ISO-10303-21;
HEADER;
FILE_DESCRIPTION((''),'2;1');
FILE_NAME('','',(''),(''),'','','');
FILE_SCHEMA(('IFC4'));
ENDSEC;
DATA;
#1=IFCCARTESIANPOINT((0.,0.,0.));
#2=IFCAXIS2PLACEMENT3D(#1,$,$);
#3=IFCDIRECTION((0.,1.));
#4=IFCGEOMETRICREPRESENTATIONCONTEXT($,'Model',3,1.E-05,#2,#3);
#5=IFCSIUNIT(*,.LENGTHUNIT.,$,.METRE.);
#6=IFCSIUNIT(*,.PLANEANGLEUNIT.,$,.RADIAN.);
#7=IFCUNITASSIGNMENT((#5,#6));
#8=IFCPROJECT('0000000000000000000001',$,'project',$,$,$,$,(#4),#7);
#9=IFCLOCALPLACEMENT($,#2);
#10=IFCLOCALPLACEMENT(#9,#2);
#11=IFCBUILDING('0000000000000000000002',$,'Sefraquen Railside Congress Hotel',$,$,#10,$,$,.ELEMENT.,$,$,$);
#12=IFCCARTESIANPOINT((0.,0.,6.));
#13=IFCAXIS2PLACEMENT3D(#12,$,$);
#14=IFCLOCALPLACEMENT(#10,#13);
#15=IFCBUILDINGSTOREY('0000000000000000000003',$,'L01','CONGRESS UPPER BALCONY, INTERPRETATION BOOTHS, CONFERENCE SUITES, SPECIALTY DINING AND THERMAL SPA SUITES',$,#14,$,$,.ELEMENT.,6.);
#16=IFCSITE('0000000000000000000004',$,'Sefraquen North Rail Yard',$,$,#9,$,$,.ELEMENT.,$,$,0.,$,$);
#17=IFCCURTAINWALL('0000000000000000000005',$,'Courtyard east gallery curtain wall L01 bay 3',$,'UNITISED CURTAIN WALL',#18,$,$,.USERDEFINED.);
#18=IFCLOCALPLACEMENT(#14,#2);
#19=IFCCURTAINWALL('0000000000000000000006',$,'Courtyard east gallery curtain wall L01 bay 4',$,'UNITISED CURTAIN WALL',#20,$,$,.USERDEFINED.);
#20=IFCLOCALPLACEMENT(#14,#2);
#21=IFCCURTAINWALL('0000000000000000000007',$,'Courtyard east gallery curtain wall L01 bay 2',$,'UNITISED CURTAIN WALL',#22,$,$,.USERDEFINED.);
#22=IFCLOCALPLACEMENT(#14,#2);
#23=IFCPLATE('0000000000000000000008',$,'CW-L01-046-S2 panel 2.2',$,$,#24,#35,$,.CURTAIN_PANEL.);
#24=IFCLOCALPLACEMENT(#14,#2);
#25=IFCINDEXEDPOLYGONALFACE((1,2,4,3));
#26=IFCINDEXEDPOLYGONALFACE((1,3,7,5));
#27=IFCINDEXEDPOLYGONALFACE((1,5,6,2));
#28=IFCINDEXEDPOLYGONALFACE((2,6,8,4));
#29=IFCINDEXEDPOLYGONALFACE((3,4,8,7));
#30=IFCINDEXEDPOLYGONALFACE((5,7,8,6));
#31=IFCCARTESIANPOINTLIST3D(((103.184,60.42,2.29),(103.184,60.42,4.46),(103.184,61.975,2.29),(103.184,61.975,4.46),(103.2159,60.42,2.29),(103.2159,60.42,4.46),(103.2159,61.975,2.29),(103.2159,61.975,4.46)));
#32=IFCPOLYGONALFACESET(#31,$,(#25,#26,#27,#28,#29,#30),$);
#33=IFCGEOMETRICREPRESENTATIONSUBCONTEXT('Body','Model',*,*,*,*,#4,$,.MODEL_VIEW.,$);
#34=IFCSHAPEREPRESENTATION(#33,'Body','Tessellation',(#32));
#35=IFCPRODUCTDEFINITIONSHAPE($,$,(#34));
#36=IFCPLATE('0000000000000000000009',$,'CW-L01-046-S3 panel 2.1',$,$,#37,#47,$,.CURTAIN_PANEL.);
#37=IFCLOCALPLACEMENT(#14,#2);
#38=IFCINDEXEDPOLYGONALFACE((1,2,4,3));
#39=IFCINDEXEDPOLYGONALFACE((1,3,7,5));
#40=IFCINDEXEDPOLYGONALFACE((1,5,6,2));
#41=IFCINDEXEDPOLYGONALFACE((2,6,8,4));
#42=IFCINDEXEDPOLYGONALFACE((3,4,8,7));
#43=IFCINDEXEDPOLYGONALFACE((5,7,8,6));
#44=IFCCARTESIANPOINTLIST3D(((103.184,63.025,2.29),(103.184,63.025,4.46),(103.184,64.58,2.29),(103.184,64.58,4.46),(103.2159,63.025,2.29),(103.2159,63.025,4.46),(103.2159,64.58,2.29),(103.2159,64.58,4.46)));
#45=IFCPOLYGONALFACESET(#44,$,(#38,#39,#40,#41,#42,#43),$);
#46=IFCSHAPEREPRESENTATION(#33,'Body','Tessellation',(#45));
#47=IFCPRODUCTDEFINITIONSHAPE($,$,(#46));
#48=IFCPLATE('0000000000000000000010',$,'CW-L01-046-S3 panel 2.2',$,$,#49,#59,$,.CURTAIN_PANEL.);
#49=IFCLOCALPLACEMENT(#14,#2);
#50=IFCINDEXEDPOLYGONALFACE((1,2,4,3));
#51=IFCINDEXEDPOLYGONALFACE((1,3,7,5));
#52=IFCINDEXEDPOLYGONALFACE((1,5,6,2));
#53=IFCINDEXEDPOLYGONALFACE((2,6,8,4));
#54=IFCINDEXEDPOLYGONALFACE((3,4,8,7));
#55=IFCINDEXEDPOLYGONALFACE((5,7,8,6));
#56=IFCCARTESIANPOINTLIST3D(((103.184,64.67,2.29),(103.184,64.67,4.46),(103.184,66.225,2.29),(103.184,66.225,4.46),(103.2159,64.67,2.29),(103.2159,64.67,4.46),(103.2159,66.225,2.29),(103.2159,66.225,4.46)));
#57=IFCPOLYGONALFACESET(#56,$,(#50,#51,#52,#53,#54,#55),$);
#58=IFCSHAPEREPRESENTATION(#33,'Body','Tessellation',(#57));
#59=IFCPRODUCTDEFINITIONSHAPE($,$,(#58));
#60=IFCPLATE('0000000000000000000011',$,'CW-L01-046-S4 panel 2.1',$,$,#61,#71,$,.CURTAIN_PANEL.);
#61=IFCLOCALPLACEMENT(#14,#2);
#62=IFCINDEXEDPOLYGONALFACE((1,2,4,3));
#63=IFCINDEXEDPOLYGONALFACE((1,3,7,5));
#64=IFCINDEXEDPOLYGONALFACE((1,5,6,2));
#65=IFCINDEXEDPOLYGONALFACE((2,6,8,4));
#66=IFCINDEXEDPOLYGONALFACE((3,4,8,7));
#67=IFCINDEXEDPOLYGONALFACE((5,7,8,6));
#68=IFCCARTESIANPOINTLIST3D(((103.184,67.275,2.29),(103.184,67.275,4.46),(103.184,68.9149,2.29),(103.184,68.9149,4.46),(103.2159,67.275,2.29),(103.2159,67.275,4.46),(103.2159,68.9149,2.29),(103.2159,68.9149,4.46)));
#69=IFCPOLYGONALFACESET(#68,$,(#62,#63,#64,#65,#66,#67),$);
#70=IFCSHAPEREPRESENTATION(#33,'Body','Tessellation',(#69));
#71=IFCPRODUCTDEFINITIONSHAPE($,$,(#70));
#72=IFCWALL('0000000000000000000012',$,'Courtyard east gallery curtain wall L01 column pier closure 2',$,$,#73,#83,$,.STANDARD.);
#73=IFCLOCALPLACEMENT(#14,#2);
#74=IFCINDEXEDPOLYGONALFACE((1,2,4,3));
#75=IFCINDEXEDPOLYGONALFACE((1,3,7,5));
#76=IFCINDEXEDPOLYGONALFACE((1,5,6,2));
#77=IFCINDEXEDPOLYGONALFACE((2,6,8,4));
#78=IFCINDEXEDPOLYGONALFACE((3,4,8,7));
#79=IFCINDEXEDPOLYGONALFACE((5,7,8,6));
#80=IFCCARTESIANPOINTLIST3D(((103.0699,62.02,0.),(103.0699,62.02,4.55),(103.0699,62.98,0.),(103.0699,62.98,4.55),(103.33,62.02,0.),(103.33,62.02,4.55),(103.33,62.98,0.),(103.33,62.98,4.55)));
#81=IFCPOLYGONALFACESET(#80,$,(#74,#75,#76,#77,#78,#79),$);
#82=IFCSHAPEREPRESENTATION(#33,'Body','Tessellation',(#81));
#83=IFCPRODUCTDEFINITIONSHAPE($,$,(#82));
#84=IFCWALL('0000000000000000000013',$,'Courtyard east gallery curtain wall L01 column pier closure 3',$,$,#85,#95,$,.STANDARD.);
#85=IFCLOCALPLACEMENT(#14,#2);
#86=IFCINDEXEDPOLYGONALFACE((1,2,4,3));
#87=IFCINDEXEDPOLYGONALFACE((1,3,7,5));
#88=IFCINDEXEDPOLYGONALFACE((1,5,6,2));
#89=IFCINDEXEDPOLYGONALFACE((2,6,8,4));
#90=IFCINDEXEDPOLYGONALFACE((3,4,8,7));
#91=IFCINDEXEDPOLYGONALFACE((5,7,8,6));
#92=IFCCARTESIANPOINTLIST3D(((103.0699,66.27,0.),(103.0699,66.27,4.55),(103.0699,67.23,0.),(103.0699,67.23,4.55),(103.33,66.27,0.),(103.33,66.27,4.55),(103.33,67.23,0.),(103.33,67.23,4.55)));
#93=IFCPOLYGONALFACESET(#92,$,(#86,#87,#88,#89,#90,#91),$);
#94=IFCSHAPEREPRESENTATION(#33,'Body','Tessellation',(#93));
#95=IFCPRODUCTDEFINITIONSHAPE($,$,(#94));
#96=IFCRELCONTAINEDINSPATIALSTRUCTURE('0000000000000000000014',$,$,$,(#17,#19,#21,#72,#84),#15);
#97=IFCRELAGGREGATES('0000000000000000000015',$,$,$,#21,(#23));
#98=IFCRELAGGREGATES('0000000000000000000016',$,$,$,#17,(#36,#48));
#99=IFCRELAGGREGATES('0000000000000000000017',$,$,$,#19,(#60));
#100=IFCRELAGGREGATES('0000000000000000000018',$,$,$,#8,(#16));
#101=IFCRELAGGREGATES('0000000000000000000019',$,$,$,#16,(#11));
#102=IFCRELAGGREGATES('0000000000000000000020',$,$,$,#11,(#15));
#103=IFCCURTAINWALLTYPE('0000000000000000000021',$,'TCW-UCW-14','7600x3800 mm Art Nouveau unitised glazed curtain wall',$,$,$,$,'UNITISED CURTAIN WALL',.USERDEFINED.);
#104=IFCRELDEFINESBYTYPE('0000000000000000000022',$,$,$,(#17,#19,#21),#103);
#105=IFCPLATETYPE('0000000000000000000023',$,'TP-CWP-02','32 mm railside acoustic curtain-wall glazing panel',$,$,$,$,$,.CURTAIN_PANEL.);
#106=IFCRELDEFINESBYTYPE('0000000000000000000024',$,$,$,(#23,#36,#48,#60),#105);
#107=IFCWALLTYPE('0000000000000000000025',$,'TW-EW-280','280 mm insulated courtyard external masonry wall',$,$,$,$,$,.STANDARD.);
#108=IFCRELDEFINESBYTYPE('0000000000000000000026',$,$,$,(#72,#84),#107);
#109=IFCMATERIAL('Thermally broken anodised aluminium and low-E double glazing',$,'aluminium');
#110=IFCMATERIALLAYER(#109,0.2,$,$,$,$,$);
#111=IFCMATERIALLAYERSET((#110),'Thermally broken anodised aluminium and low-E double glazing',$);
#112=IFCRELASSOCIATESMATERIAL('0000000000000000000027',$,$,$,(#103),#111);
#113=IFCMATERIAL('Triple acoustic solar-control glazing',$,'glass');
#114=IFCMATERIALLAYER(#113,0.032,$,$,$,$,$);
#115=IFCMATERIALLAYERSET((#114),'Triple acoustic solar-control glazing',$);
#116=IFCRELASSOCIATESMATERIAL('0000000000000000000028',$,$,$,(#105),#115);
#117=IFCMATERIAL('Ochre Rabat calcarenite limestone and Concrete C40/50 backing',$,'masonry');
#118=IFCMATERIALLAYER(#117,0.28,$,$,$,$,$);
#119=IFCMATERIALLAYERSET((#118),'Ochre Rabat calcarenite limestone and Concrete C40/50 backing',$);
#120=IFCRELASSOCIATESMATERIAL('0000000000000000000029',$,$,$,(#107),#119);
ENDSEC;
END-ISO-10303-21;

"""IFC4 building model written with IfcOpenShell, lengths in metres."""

from ifc_helpers import new_model, si_unit, direction, frame, frame_2d, origin, origin_2d, place, context, subcontext, project, spatial, rectangle, extrude, material, layer, layer_set, type_object, element, aggregate, save


model = new_model("IFC4")

# Units and contexts
model_context = context("Model", 3, precision=1e-05, world=origin(), true_north=direction((0.0, 1.0)))
body_context = subcontext(model_context, "Body", "Model", "MODEL_VIEW")
ifc_project = project(units=[si_unit("LENGTHUNIT", "METRE"), si_unit("PLANEANGLEUNIT", "RADIAN")], contexts=[model_context])

# Site, building, storey
site_placement = place(None, origin())
site = spatial("IfcSite", under=ifc_project, at=site_placement, Name="Sefraquen North Rail Yard", CompositionType="ELEMENT", RefElevation=0.0)
building_placement = place(site_placement, origin())
building = spatial("IfcBuilding", under=site, at=building_placement, Name="Sefraquen Railside Congress Hotel", CompositionType="ELEMENT")
storey_placement = place(building_placement, frame((0.0, 0.0, 6.0)))
storey = spatial("IfcBuildingStorey", under=building, at=storey_placement, Name="L01", Description="CONGRESS UPPER BALCONY, INTERPRETATION BOOTHS, CONFERENCE SUITES, SPECIALTY DINING AND THERMAL SPA SUITES", CompositionType="ELEMENT", Elevation=6.0)

# Curtain walls
ifc_material_1 = material(Name="Thermally broken anodised aluminium and low-E double glazing", Category="aluminium")
ifc_layer_1 = layer(ifc_material_1, 0.2)
ifc_layer_set_1 = layer_set([ifc_layer_1], Name="Thermally broken anodised aluminium and low-E double glazing")
curtain_wall_type = type_object("IfcCurtainWallType", Name="TCW-UCW-14", Description="7600x3800 mm Art Nouveau unitised glazed curtain wall", ElementType="UNITISED CURTAIN WALL", PredefinedType="USERDEFINED", material=ifc_layer_set_1)
curtain_wall_1_placement = place(storey_placement, origin())
curtain_wall_1 = element("IfcCurtainWall", 1, at=curtain_wall_1_placement, inside=storey, type_object=curtain_wall_type, Name="Courtyard east gallery curtain wall L01 bay 3", ObjectType="UNITISED CURTAIN WALL", PredefinedType="USERDEFINED")
curtain_wall_2_placement = place(storey_placement, origin())
curtain_wall_2 = element("IfcCurtainWall", 2, at=curtain_wall_2_placement, inside=storey, type_object=curtain_wall_type, Name="Courtyard east gallery curtain wall L01 bay 4", ObjectType="UNITISED CURTAIN WALL", PredefinedType="USERDEFINED")
curtain_wall_3_placement = place(storey_placement, origin())
curtain_wall_3 = element("IfcCurtainWall", 3, at=curtain_wall_3_placement, inside=storey, type_object=curtain_wall_type, Name="Courtyard east gallery curtain wall L01 bay 2", ObjectType="UNITISED CURTAIN WALL", PredefinedType="USERDEFINED")

# Plates
ifc_material_2 = material(Name="Triple acoustic solar-control glazing", Category="glass")
ifc_layer_2 = layer(ifc_material_2, 0.032)
ifc_layer_set_2 = layer_set([ifc_layer_2], Name="Triple acoustic solar-control glazing")
plate_type_1 = type_object("IfcPlateType", Name="TP-CWP-02", Description="32 mm railside acoustic curtain-wall glazing panel", PredefinedType="CURTAIN_PANEL", material=ifc_layer_set_2)
plate_1_placement = place(storey_placement, frame((103.2, 61.1975, 2.29), z_axis=(0.0, 0.0, 1.0), x_axis=(0.0, 1.0, 0.0)))
plate_1 = element("IfcPlate", 4, at=plate_1_placement, type_object=plate_type_1, Name="CW-L01-046-S2 panel 2.2", PredefinedType="CURTAIN_PANEL", context=body_context, shape_type="SweptSolid", body=[
    extrude(rectangle(XDim=1.5549, YDim=0.032, at=origin_2d()), origin(), (0.0, 0.0, 1.0), 2.1699),
])
aggregate(curtain_wall_3, [plate_1])
plate_2_placement = place(storey_placement, frame((103.2, 63.8025, 2.29), z_axis=(0.0, 0.0, 1.0), x_axis=(0.0, 1.0, 0.0)))
plate_2 = element("IfcPlate", 5, at=plate_2_placement, type_object=plate_type_1, Name="CW-L01-046-S3 panel 2.1", PredefinedType="CURTAIN_PANEL", context=body_context, shape_type="SweptSolid", body=[
    extrude(rectangle(XDim=1.5549, YDim=0.032, at=origin_2d()), origin(), (0.0, 0.0, 1.0), 2.1699),
])
plate_3_placement = place(storey_placement, frame((103.2, 65.4475, 2.29), z_axis=(0.0, 0.0, 1.0), x_axis=(0.0, 1.0, 0.0)))
plate_3 = element("IfcPlate", 6, at=plate_3_placement, type_object=plate_type_1, Name="CW-L01-046-S3 panel 2.2", PredefinedType="CURTAIN_PANEL", context=body_context, shape_type="SweptSolid", body=[
    extrude(rectangle(XDim=1.5549, YDim=0.032, at=origin_2d()), origin(), (0.0, 0.0, 1.0), 2.1699),
])
aggregate(curtain_wall_1, [plate_2, plate_3])
plate_4_placement = place(storey_placement, frame((103.2, 68.095, 2.29), z_axis=(0.0, 0.0, 1.0), x_axis=(0.0, 1.0, 0.0)))
plate_4 = element("IfcPlate", 7, at=plate_4_placement, type_object=plate_type_1, Name="CW-L01-046-S4 panel 2.1", PredefinedType="CURTAIN_PANEL", context=body_context, shape_type="SweptSolid", body=[
    extrude(rectangle(XDim=1.6399, YDim=0.032, at=origin_2d()), origin(), (0.0, 0.0, 1.0), 2.1699),
])
aggregate(curtain_wall_2, [plate_4])

# Walls
ifc_material_3 = material(Name="Ochre Rabat calcarenite limestone and Concrete C40/50 backing", Category="masonry")
ifc_layer_3 = layer(ifc_material_3, 0.28)
ifc_layer_set_3 = layer_set([ifc_layer_3], Name="Ochre Rabat calcarenite limestone and Concrete C40/50 backing")
wall_type = type_object("IfcWallType", Name="TW-EW-280", Description="280 mm insulated courtyard external masonry wall", PredefinedType="STANDARD", material=ifc_layer_set_3)
for number, where, z_axis, x_axis, name in (
    (8, (103.2, 62.02, 0.0), (0.0, 0.0, 1.0), (0.0, 1.0, 0.0), "Courtyard east gallery curtain wall L01 column pier closure 2"),
    (9, (103.2, 66.27, 0.0), (0.0, 0.0, 1.0), (0.0, 1.0, 0.0), "Courtyard east gallery curtain wall L01 column pier closure 3"),
):
    element("IfcWall", number, at=place(storey_placement, frame(where, z_axis=z_axis, x_axis=x_axis)), inside=storey, type_object=wall_type, Name=name, PredefinedType="STANDARD", context=body_context, shape_type="SweptSolid", body=[
        extrude(rectangle(XDim=0.96, YDim=0.26, at=frame_2d((0.48, 0.0))), origin(), (0.0, 0.0, 1.0), 4.55),
    ])

save(model, "model.ifc")
